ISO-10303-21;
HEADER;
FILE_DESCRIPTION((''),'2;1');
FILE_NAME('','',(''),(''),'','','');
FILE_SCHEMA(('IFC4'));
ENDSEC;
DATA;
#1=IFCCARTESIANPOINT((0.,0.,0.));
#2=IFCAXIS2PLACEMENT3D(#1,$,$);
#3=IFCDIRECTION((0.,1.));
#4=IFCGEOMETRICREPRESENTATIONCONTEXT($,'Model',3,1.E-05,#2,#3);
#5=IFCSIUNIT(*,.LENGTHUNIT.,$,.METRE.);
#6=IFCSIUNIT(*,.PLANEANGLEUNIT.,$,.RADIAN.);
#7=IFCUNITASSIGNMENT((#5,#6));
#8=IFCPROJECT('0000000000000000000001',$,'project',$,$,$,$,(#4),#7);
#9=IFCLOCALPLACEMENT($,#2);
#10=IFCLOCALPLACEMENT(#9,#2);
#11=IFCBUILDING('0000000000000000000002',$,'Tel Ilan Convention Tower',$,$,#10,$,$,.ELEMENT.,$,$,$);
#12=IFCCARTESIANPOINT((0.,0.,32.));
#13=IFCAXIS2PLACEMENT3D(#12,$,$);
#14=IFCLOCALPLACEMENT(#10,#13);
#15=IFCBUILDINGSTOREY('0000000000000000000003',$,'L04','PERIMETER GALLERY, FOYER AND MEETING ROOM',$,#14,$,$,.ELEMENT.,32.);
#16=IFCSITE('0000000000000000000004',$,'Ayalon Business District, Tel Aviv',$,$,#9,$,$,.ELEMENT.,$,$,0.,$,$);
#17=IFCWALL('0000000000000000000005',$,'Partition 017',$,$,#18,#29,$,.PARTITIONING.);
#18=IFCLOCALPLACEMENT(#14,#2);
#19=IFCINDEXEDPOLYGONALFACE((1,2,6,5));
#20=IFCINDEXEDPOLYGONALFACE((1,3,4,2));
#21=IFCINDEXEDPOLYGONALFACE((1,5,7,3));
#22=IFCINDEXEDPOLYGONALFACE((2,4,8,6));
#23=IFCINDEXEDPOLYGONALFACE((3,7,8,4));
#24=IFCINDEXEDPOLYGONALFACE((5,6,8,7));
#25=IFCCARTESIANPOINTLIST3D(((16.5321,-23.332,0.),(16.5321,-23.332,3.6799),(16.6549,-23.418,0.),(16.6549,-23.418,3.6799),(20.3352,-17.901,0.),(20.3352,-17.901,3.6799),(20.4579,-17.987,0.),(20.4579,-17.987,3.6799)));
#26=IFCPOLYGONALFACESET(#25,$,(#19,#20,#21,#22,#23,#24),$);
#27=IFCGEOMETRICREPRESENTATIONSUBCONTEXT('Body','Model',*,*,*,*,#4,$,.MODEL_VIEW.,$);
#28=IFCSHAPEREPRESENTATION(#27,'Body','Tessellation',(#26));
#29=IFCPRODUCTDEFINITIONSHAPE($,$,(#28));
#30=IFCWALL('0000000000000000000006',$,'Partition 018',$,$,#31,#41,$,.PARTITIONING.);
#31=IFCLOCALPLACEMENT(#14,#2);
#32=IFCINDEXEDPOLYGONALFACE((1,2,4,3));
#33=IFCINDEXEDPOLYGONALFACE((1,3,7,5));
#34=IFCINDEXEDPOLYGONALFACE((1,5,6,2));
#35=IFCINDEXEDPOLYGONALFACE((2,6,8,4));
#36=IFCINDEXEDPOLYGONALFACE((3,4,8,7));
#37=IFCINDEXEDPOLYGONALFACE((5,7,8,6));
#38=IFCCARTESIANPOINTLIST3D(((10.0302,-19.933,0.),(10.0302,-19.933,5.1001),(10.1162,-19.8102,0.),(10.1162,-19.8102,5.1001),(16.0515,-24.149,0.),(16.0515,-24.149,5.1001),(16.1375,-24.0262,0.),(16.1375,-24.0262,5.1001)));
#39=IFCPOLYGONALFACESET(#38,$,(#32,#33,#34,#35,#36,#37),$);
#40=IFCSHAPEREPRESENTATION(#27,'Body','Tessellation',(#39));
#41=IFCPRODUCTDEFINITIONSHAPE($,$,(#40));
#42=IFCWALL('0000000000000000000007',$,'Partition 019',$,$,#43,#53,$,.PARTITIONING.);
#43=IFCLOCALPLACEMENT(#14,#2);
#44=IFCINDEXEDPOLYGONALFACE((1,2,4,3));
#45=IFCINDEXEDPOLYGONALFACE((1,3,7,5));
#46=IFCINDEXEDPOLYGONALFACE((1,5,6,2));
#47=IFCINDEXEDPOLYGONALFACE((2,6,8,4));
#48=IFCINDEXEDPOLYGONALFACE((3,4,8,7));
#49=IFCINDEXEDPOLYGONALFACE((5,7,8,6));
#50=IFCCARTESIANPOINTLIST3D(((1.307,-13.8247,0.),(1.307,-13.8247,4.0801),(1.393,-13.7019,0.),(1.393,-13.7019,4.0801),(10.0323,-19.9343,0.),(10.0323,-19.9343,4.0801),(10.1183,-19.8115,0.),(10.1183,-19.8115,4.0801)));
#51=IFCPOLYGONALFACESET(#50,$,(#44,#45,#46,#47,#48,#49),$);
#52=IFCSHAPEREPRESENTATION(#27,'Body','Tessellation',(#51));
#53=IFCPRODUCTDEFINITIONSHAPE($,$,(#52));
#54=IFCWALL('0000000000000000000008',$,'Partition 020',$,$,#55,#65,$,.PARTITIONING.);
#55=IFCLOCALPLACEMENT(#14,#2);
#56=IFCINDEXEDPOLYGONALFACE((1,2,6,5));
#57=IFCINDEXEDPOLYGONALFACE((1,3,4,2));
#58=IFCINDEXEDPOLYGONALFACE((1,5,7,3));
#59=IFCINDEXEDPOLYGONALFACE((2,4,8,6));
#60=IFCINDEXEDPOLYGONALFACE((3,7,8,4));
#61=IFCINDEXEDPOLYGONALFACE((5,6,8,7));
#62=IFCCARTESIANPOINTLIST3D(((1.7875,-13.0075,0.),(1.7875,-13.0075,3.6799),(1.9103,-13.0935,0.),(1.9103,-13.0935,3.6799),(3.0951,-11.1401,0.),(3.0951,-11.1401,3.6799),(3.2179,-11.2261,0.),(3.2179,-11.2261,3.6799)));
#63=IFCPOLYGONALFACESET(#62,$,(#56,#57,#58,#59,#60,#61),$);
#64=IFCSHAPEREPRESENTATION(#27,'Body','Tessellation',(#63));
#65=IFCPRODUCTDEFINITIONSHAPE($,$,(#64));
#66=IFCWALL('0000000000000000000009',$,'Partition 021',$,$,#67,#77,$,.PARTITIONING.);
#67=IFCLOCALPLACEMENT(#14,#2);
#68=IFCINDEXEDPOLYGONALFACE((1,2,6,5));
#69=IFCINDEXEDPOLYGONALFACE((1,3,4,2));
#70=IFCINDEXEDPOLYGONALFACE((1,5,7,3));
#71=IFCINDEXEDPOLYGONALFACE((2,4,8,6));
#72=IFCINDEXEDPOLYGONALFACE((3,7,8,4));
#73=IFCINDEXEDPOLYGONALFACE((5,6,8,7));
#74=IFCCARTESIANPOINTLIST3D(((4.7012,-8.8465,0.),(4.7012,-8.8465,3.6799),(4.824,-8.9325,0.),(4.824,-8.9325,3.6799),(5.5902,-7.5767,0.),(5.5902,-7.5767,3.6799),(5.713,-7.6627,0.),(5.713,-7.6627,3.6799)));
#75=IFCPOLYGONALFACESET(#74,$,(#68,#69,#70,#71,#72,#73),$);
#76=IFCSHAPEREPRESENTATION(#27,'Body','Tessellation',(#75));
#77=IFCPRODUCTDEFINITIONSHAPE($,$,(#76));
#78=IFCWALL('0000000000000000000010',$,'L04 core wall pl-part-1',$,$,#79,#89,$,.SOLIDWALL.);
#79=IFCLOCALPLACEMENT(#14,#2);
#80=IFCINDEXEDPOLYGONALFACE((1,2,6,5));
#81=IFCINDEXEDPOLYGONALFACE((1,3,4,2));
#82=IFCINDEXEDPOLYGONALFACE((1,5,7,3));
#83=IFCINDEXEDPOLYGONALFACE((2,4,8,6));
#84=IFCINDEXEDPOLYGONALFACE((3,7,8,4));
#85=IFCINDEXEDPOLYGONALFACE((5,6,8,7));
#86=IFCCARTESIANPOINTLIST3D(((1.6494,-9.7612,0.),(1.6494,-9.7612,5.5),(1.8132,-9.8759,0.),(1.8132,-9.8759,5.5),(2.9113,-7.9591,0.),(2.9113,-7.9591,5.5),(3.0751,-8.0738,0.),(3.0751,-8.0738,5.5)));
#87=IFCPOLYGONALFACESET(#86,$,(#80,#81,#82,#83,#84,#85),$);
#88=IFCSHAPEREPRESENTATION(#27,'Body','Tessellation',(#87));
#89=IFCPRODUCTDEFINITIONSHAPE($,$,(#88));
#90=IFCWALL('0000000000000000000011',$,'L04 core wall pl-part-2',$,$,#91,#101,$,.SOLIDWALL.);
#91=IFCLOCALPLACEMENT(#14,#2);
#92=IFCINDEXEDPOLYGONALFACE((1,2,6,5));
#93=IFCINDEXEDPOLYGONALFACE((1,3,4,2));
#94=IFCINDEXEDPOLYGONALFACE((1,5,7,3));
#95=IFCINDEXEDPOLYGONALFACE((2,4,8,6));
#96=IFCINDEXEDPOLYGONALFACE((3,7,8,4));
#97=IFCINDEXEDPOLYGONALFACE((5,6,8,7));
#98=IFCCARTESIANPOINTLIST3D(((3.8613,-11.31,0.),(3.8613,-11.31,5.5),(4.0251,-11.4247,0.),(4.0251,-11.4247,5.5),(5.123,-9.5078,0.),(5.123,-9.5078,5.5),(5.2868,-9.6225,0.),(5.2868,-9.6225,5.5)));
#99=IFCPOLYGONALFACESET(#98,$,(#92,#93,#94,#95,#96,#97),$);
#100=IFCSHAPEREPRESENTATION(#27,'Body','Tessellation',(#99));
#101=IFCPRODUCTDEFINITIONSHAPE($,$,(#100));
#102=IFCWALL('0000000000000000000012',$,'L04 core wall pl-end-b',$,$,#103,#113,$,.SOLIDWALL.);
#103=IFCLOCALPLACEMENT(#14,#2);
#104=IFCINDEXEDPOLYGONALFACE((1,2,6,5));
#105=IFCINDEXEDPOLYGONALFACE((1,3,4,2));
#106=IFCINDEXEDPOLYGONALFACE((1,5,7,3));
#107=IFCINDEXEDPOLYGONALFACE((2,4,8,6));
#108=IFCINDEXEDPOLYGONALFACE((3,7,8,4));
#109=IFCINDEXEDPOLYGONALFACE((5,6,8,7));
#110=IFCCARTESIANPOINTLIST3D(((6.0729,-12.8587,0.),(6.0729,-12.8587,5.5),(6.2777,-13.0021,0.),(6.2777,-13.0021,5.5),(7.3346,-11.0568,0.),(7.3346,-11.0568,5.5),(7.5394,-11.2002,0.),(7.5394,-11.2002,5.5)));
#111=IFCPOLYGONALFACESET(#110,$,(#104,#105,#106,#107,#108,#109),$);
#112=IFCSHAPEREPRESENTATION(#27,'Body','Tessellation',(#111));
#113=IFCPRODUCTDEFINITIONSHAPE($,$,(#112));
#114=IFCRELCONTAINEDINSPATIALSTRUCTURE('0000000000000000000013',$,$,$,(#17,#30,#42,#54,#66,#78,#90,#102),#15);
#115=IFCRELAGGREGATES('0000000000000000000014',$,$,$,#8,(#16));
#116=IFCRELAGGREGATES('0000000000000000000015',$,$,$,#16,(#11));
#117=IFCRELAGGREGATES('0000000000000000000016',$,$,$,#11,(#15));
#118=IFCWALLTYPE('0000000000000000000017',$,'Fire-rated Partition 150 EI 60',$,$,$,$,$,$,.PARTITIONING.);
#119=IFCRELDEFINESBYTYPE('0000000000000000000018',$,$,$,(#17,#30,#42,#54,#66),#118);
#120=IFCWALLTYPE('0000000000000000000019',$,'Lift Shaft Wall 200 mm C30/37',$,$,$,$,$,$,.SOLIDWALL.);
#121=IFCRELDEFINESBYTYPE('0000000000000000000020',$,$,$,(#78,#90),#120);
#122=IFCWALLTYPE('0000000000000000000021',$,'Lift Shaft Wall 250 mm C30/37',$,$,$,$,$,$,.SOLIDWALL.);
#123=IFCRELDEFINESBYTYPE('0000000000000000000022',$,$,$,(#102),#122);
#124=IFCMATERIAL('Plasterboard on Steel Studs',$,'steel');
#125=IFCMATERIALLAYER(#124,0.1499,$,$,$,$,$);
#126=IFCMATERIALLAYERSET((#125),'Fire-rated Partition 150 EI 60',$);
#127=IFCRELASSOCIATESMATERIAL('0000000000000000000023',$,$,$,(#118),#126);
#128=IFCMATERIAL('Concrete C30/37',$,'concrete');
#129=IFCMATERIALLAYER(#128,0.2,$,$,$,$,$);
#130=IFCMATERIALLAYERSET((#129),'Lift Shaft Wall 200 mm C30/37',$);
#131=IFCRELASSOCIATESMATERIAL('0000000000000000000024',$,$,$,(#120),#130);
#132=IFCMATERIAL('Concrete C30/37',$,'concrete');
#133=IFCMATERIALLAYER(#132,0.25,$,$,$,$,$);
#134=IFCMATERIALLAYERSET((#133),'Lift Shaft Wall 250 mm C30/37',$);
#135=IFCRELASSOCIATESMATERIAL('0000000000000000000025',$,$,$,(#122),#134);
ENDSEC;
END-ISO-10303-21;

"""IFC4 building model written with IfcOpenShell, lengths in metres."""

from ifc_helpers import new_model, si_unit, direction, frame, frame_2d, origin, place, context, subcontext, project, spatial, rectangle, extrude, material, layer, layer_set, type_object, element, save


model = new_model("IFC4")

# Units and contexts
model_context = context("Model", 3, precision=1e-05, world=origin(), true_north=direction((0.0, 1.0)))
body_context = subcontext(model_context, "Body", "Model", "MODEL_VIEW")
ifc_project = project(units=[si_unit("LENGTHUNIT", "METRE"), si_unit("PLANEANGLEUNIT", "RADIAN")], contexts=[model_context])

# Site, building, storey
site_placement = place(None, origin())
site = spatial("IfcSite", under=ifc_project, at=site_placement, Name="Ayalon Business District, Tel Aviv", CompositionType="ELEMENT", RefElevation=0.0)
building_placement = place(site_placement, origin())
building = spatial("IfcBuilding", under=site, at=building_placement, Name="Tel Ilan Convention Tower", CompositionType="ELEMENT")
storey_placement = place(building_placement, frame((0.0, 0.0, 32.0)))
storey = spatial("IfcBuildingStorey", under=building, at=storey_placement, Name="L04", Description="PERIMETER GALLERY, FOYER AND MEETING ROOM", CompositionType="ELEMENT", Elevation=32.0)

# Shared definitions
ifc_material_1 = material(Name="Plasterboard on Steel Studs", Category="steel")
ifc_layer_1 = layer(ifc_material_1, 0.1499)
ifc_layer_set_1 = layer_set([ifc_layer_1], Name="Fire-rated Partition 150 EI 60")
wall_type_1 = type_object("IfcWallType", Name="Fire-rated Partition 150 EI 60", PredefinedType="PARTITIONING", material=ifc_layer_set_1)

# Walls
wall_1_placement = place(storey_placement, frame((20.3965, -17.9441, 0.0), z_axis=(0.0, 0.0, 1.0), x_axis=(-0.573598, -0.819137, 0.0)))
element("IfcWall", 1, at=wall_1_placement, inside=storey, type_object=wall_type_1, Name="Partition 017", PredefinedType="PARTITIONING", context=body_context, shape_type="SweptSolid", body=[
    extrude(rectangle(XDim=6.6301, YDim=0.1499, at=frame_2d((3.3149, 0.0))), origin(), (0.0, 0.0, 1.0), 3.6799),
])
wall_2_placement = place(storey_placement, frame((16.0945, -24.0876, 0.0), z_axis=(0.0, 0.0, 1.0), x_axis=(-0.819155, 0.573572, 0.0)))
element("IfcWall", 2, at=wall_2_placement, inside=storey, type_object=wall_type_1, Name="Partition 018", PredefinedType="PARTITIONING", context=body_context, shape_type="SweptSolid", body=[
    extrude(rectangle(XDim=7.3506, YDim=0.1499, at=frame_2d((3.6753, 0.0))), origin(), (0.0, 0.0, 1.0), 5.1001),
])
wall_3_placement = place(storey_placement, frame((10.0752, -19.8728, 0.0), z_axis=(0.0, 0.0, 1.0), x_axis=(-0.819149, 0.573581, 0.0)))
element("IfcWall", 3, at=wall_3_placement, inside=storey, type_object=wall_type_1, Name="Partition 019", PredefinedType="PARTITIONING", context=body_context, shape_type="SweptSolid", body=[
    extrude(rectangle(XDim=10.6516, YDim=0.1499, at=frame_2d((5.3257, 0.0))), origin(), (0.0, 0.0, 1.0), 4.0801),
])
wall_4_placement = place(storey_placement, frame((1.8489, -13.0505, 0.0), z_axis=(0.0, 0.0, 1.0), x_axis=(0.573585, 0.819146, 0.0)))
element("IfcWall", 4, at=wall_4_placement, inside=storey, type_object=wall_type_1, Name="Partition 020", PredefinedType="PARTITIONING", context=body_context, shape_type="SweptSolid", body=[
    extrude(rectangle(XDim=2.2798, YDim=0.1499, at=frame_2d((1.1399, 0.0))), origin(), (0.0, 0.0, 1.0), 3.6799),
])
wall_5_placement = place(storey_placement, frame((4.7627, -8.8894, 0.0), z_axis=(0.0, 0.0, 1.0), x_axis=(0.573494, 0.81921, 0.0)))
element("IfcWall", 5, at=wall_5_placement, inside=storey, type_object=wall_type_1, Name="Partition 021", PredefinedType="PARTITIONING", context=body_context, shape_type="SweptSolid", body=[
    extrude(rectangle(XDim=1.55, YDim=0.1499, at=frame_2d((0.7749, 0.0))), origin(), (0.0, 0.0, 1.0), 3.6799),
])
ifc_material_2 = material(Name="Concrete C30/37", Category="concrete")
ifc_layer_2 = layer(ifc_material_2, 0.2)
ifc_layer_set_2 = layer_set([ifc_layer_2], Name="Lift Shaft Wall 200 mm C30/37")
wall_type_2 = type_object("IfcWallType", Name="Lift Shaft Wall 200 mm C30/37", PredefinedType="SOLIDWALL", material=ifc_layer_set_2)
for number, where, z_axis, x_axis, name in (
    (6, (1.7312, -9.8186, 0.0), (0.0, 0.0, 1.0), (0.573634, 0.819112, 0.0), "L04 core wall pl-part-1"),
    (7, (3.9431, -11.3674, 0.0), (0.0, 0.0, 1.0), (0.573507, 0.819201, 0.0), "L04 core wall pl-part-2"),
):
    element("IfcWall", number, at=place(storey_placement, frame(where, z_axis=z_axis, x_axis=x_axis)), inside=storey, type_object=wall_type_2, Name=name, PredefinedType="SOLIDWALL", context=body_context, shape_type="SweptSolid", body=[
        extrude(rectangle(XDim=2.2, YDim=0.2, at=frame_2d((1.1001, 0.0))), origin(), (0.0, 0.0, 1.0), 5.5),
    ])
ifc_material_3 = material(Name="Concrete C30/37", Category="concrete")
ifc_layer_3 = layer(ifc_material_3, 0.25)
ifc_layer_set_3 = layer_set([ifc_layer_3], Name="Lift Shaft Wall 250 mm C30/37")
wall_type_3 = type_object("IfcWallType", Name="Lift Shaft Wall 250 mm C30/37", PredefinedType="SOLIDWALL", material=ifc_layer_set_3)
wall_6_placement = place(storey_placement, frame((6.1753, -12.9304, 0.0), z_axis=(0.0, 0.0, 1.0), x_axis=(0.573559, 0.819164, 0.0)))
element("IfcWall", 8, at=wall_6_placement, inside=storey, type_object=wall_type_3, Name="L04 core wall pl-end-b", PredefinedType="SOLIDWALL", context=body_context, shape_type="SweptSolid", body=[
    extrude(rectangle(XDim=2.1997, YDim=0.25, at=frame_2d((1.0999, 0.0))), origin(), (0.0, 0.0, 1.0), 5.5),
])

save(model, "model.ifc")
